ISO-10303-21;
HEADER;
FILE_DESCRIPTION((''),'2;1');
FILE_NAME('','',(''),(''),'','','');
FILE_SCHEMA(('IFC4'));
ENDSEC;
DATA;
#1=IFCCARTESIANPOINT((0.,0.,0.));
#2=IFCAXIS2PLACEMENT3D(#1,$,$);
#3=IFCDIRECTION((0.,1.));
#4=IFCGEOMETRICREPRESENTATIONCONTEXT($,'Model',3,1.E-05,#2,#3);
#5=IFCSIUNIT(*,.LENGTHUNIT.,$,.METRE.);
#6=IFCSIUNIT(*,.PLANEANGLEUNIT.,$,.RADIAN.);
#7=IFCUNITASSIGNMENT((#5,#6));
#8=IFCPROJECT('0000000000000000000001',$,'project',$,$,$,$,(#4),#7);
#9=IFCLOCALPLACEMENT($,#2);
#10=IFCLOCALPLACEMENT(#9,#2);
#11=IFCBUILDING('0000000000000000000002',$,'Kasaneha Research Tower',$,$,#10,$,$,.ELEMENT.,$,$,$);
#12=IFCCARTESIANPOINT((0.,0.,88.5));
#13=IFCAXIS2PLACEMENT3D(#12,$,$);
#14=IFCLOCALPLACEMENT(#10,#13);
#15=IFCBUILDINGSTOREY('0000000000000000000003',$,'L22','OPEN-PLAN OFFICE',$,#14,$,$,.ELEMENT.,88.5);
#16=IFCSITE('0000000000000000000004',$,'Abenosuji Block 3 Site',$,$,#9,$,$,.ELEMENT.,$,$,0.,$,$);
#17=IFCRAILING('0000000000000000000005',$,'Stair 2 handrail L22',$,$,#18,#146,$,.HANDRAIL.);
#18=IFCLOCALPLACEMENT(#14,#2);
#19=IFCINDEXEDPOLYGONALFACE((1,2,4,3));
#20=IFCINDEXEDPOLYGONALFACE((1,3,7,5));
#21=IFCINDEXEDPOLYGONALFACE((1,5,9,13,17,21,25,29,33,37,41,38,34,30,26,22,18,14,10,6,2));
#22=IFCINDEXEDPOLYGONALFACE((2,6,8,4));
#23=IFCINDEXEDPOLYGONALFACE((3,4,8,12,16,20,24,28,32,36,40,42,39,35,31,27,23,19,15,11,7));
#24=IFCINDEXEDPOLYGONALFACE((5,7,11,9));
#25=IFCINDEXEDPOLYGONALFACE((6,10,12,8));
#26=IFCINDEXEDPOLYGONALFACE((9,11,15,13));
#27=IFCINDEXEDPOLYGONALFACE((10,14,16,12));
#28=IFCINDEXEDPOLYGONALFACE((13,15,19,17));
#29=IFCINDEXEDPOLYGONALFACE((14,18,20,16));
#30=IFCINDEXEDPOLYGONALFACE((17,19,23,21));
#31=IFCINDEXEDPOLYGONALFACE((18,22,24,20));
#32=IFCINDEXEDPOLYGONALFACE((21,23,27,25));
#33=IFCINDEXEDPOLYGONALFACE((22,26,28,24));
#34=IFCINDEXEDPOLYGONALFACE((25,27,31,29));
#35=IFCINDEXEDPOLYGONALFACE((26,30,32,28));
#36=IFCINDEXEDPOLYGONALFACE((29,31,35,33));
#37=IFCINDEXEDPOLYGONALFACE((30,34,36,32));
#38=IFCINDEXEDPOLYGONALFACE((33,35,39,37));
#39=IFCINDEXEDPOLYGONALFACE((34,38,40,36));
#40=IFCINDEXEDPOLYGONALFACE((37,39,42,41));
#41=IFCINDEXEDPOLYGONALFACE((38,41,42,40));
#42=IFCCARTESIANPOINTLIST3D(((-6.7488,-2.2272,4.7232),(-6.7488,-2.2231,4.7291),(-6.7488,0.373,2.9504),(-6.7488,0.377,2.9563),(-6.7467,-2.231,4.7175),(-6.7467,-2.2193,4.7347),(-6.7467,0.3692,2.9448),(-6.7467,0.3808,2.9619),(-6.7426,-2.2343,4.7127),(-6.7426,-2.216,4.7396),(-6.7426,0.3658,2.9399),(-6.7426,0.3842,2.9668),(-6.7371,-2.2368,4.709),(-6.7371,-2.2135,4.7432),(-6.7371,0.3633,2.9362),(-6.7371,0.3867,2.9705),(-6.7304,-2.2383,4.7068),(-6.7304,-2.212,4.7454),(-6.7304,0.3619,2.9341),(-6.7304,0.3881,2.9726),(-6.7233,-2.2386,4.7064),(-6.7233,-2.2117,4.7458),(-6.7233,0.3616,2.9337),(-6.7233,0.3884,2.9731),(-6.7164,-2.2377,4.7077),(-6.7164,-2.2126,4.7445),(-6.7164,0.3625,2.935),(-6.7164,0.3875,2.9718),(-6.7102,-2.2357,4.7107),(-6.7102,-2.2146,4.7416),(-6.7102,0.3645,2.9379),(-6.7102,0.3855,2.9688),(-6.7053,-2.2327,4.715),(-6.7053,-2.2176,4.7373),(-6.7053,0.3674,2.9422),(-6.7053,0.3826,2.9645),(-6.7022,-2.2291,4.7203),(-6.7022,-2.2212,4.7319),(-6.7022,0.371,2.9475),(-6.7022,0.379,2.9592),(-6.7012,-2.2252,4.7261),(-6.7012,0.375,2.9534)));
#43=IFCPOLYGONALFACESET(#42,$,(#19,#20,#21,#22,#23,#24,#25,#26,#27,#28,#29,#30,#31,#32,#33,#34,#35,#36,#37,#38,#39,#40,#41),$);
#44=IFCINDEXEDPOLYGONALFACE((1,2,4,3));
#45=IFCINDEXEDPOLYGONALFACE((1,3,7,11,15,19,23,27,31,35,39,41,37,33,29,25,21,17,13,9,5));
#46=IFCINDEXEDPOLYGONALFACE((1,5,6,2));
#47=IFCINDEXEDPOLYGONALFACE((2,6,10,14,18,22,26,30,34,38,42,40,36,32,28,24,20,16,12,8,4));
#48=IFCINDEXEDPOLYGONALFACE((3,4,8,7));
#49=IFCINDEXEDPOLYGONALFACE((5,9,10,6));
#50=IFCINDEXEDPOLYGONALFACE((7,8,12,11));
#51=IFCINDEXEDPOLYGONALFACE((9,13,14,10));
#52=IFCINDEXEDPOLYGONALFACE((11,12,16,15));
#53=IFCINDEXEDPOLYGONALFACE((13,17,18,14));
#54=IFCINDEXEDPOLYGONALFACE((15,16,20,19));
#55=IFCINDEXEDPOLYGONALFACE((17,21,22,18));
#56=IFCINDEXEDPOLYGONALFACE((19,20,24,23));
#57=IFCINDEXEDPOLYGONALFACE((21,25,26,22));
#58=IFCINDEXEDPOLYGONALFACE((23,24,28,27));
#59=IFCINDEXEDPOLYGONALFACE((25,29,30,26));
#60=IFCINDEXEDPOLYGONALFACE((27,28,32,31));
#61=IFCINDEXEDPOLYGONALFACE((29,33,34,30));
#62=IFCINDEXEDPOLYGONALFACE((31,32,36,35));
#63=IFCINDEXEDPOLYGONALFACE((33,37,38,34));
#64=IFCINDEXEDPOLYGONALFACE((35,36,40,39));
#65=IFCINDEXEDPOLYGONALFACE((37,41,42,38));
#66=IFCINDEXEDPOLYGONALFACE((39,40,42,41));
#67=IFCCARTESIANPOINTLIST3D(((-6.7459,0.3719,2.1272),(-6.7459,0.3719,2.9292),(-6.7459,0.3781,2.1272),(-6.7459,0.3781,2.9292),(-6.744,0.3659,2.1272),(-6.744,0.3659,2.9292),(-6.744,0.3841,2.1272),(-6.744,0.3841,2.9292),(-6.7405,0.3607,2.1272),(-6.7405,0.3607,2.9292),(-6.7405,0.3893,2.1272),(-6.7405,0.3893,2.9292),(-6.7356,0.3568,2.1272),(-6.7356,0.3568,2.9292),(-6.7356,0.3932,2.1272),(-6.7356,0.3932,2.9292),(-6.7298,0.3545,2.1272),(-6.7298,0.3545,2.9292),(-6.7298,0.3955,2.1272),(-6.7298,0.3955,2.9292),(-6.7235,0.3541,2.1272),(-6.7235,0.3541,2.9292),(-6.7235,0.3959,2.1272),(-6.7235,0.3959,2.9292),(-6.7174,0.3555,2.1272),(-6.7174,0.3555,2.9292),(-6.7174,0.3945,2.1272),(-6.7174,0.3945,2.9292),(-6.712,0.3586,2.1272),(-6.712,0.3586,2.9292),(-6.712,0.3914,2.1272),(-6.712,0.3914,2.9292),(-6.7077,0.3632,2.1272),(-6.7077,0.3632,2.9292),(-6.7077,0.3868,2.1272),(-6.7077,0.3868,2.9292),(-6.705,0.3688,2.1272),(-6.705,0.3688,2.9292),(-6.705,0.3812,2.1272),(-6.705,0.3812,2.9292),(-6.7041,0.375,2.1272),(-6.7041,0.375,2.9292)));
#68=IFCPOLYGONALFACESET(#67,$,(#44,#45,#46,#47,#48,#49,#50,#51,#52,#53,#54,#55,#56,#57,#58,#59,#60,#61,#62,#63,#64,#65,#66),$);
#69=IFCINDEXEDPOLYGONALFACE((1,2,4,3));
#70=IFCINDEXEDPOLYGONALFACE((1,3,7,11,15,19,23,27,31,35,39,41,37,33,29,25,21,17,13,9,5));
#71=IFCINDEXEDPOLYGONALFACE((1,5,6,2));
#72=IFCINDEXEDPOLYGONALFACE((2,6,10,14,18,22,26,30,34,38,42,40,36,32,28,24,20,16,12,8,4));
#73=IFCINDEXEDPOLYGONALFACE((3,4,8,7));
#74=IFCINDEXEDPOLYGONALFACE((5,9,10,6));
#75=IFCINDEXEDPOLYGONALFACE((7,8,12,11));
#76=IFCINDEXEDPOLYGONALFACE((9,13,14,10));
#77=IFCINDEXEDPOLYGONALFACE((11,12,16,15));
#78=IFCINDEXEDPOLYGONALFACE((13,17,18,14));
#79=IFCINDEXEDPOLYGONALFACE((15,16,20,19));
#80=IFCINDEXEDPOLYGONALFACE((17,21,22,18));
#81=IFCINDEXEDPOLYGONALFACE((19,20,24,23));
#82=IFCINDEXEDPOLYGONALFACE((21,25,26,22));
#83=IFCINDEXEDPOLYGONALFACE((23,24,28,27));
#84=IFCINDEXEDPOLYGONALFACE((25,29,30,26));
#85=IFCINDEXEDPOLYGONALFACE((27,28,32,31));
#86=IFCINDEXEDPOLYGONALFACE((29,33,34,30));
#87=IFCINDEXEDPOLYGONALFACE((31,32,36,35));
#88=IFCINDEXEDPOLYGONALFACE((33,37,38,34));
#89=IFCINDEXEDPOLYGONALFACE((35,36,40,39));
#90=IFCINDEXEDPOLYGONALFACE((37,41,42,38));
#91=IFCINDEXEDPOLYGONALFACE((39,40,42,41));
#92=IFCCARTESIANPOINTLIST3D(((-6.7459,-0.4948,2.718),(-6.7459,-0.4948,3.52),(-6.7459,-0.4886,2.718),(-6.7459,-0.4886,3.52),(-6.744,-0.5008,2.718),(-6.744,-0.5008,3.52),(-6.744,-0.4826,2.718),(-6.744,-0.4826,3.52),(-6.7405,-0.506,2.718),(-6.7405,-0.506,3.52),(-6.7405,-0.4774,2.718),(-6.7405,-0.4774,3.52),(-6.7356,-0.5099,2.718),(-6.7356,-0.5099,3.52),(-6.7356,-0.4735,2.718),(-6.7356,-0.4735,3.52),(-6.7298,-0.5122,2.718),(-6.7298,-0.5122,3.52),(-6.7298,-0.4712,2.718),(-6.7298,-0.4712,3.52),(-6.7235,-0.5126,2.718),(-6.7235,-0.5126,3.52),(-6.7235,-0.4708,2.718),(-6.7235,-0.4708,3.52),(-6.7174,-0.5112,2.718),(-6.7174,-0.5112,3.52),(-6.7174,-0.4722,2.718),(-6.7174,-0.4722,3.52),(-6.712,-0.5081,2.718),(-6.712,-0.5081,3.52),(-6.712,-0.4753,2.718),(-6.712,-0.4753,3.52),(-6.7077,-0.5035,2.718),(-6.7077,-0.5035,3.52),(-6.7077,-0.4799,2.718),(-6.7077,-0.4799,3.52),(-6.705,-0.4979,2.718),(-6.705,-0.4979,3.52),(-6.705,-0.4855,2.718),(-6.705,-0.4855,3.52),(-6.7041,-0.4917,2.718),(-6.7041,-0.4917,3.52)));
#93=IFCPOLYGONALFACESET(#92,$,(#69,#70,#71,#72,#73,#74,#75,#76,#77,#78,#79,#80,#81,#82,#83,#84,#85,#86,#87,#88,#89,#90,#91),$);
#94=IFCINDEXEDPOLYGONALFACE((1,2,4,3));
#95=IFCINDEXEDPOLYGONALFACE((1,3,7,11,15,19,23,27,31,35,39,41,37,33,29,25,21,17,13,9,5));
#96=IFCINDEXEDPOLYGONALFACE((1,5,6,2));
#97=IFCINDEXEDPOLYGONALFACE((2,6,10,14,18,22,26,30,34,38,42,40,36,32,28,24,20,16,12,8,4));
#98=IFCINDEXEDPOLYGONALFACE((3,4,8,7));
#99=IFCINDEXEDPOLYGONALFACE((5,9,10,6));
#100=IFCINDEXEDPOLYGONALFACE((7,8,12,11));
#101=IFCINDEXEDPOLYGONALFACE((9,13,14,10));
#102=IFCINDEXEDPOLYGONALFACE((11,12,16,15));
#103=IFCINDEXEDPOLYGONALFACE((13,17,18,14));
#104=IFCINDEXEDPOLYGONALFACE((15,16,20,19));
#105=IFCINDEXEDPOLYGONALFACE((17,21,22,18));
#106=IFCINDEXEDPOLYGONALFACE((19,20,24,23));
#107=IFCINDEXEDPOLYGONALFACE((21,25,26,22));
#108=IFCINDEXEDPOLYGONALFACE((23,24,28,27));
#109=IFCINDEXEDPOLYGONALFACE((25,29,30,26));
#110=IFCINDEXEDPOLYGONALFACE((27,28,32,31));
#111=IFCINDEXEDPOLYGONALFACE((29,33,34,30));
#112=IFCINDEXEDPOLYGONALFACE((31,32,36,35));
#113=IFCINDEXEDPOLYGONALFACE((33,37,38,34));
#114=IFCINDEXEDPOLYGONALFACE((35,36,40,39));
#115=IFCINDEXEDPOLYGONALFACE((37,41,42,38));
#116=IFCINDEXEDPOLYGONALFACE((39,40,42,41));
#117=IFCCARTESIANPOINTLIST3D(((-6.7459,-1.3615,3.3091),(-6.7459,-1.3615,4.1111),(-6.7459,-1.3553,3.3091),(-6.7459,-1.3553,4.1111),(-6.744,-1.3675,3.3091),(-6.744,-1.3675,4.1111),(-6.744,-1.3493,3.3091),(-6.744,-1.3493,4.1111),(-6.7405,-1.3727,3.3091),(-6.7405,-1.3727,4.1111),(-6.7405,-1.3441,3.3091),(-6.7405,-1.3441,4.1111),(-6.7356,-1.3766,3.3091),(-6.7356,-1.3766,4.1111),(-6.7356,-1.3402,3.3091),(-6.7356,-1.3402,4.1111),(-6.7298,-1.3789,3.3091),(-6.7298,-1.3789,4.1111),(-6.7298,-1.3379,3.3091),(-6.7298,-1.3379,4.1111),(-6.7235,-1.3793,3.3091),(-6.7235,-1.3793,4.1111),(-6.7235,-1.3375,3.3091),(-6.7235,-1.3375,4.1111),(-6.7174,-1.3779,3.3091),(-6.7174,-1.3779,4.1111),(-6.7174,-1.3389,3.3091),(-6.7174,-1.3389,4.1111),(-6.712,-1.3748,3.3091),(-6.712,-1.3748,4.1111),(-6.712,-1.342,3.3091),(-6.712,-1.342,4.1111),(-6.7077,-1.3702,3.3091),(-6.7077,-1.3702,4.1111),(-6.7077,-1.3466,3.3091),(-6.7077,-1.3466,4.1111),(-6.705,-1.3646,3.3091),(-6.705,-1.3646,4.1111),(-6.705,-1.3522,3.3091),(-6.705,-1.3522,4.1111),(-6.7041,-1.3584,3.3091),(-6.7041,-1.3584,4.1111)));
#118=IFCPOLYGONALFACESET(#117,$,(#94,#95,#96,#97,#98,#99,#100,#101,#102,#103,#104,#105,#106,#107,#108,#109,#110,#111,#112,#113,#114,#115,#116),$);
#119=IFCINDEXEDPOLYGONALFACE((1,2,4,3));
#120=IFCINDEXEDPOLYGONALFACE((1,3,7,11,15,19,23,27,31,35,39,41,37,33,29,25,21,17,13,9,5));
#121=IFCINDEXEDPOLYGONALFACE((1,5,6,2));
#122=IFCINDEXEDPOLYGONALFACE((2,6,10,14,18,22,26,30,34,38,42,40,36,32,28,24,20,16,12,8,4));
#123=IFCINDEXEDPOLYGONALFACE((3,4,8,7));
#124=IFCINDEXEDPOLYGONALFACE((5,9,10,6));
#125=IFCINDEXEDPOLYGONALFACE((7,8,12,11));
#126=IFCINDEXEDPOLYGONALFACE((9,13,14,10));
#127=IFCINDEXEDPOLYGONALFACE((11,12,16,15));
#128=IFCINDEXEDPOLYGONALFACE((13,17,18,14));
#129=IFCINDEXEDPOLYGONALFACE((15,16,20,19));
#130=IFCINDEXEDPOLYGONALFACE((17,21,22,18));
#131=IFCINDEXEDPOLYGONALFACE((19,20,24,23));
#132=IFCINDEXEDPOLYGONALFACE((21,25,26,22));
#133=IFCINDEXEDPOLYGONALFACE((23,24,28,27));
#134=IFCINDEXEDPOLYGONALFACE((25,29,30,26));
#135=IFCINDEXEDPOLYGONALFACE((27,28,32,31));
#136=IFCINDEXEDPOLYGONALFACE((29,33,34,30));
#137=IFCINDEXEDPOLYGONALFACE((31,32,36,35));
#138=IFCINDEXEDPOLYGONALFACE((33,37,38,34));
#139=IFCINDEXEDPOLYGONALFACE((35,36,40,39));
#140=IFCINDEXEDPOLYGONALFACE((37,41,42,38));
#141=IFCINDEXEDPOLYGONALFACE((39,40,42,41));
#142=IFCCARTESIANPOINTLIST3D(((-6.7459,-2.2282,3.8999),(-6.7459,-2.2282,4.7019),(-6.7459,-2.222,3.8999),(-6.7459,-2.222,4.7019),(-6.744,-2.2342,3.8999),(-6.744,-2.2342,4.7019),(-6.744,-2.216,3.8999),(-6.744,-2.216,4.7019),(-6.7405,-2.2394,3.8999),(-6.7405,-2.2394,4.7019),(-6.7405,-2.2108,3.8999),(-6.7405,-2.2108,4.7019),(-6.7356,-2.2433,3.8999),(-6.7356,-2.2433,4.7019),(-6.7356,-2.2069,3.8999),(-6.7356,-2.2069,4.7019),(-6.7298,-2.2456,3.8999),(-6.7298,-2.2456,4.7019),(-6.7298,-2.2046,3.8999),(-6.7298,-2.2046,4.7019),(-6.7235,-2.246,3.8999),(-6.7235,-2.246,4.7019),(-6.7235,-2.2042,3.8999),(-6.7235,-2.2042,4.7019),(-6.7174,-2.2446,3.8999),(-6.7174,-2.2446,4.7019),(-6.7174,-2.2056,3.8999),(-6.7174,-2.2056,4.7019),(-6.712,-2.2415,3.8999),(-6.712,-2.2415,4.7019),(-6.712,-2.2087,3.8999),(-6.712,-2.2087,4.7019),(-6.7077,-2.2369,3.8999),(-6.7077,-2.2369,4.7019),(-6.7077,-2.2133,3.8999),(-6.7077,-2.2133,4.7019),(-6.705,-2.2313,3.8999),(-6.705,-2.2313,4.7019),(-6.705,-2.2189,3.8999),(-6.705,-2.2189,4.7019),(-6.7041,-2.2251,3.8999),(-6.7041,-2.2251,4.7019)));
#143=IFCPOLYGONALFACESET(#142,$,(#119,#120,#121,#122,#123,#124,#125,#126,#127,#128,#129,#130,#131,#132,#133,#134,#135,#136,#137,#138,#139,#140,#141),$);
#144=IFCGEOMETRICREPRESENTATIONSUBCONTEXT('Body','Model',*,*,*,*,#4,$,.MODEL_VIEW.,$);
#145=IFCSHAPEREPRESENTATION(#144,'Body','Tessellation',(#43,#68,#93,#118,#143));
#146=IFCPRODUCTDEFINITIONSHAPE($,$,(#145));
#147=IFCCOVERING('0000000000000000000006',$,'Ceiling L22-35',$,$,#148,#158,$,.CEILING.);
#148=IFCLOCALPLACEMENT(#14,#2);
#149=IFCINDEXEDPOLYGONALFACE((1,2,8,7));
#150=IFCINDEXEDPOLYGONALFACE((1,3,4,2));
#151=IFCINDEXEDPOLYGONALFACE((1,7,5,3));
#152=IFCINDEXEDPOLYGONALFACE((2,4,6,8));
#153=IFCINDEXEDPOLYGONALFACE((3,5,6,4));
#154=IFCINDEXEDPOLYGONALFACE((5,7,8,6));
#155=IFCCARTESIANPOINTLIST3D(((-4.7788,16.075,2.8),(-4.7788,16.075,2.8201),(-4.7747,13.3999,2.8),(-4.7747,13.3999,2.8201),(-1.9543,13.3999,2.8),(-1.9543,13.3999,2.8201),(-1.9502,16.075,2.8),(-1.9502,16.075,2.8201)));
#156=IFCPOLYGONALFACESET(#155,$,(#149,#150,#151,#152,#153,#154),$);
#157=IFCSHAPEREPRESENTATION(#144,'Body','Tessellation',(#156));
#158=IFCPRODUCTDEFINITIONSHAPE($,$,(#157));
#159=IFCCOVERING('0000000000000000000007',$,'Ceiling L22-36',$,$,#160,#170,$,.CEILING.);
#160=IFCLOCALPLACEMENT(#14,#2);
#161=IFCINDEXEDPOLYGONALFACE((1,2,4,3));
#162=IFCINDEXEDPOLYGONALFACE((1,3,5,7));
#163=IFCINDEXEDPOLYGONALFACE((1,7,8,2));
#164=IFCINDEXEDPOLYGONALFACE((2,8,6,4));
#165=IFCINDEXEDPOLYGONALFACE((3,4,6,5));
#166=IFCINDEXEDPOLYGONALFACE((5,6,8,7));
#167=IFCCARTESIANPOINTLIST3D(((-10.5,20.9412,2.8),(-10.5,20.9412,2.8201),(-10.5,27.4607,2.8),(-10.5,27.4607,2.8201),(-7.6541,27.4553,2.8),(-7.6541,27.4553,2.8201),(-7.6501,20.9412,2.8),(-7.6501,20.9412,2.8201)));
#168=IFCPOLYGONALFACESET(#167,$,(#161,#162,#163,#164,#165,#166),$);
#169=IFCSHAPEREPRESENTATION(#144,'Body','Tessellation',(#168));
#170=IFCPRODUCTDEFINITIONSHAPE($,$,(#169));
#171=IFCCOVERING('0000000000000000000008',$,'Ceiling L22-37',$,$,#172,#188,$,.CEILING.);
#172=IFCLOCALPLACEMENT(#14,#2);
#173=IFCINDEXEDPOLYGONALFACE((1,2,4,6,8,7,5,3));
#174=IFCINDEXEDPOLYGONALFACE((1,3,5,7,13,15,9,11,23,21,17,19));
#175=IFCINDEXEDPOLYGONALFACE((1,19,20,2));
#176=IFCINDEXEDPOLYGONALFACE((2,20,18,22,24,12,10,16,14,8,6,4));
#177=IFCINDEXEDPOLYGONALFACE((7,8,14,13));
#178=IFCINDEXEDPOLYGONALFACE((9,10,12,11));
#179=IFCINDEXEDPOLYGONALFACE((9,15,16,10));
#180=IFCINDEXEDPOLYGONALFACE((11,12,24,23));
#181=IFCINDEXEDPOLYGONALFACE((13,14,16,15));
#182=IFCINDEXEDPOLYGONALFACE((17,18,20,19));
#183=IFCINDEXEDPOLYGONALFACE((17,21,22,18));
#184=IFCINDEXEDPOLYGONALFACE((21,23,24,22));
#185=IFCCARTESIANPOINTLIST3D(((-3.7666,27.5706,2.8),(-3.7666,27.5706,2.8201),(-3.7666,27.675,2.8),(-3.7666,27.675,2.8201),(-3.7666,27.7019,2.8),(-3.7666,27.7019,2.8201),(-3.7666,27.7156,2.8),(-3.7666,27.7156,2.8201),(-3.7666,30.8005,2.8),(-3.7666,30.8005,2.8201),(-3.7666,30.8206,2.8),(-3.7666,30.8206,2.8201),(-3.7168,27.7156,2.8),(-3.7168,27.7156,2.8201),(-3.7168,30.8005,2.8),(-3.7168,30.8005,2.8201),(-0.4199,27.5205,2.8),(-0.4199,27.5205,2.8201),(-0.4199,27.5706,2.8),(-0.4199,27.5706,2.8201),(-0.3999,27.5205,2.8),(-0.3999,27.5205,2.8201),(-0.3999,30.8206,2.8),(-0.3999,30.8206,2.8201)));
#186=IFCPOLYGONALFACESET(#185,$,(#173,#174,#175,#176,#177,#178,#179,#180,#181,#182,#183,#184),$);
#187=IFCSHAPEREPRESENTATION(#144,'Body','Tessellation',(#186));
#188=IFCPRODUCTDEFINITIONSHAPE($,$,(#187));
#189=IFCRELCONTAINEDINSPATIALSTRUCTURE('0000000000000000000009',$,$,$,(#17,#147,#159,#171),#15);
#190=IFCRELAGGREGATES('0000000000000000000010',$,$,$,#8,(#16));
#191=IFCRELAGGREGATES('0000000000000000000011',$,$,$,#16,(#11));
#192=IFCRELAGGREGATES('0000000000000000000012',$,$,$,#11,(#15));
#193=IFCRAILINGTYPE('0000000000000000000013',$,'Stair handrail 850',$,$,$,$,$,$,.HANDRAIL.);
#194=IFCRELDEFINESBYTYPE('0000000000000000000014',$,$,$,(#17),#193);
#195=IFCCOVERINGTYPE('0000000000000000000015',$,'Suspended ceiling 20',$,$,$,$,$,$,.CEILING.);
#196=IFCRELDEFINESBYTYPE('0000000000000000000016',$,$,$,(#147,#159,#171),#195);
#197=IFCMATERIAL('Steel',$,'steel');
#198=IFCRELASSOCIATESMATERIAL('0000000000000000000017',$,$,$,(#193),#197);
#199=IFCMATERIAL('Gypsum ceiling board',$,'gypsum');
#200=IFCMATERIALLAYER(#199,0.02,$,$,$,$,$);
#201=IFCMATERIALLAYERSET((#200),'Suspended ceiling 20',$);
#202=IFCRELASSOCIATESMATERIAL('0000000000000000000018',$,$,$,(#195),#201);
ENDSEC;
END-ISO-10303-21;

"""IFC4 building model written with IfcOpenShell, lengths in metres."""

from ifc_helpers import new_model, si_unit, direction, frame, origin, origin_2d, place, context, subcontext, project, spatial, polyline, circle, outline, extrude, material, layer, layer_set, type_object, element, save


model = new_model("IFC4")

# Units and contexts
model_context = context("Model", 3, precision=1e-05, world=origin(), true_north=direction((0.0, 1.0)))
body_context = subcontext(model_context, "Body", "Model", "MODEL_VIEW")
ifc_project = project(units=[si_unit("LENGTHUNIT", "METRE"), si_unit("PLANEANGLEUNIT", "RADIAN")], contexts=[model_context])

# Site, building, storey
site_placement = place(None, origin())
site = spatial("IfcSite", under=ifc_project, at=site_placement, Name="Abenosuji Block 3 Site", CompositionType="ELEMENT", RefElevation=0.0)
building_placement = place(site_placement, origin())
building = spatial("IfcBuilding", under=site, at=building_placement, Name="Kasaneha Research Tower", CompositionType="ELEMENT")
storey_placement = place(building_placement, frame((0.0, 0.0, 88.5)))
storey = spatial("IfcBuildingStorey", under=building, at=storey_placement, Name="L22", Description="OPEN-PLAN OFFICE", CompositionType="ELEMENT", Elevation=88.5)

# Railing
ifc_material_1 = material(Name="Steel", Category="steel")
railing_type = type_object("IfcRailingType", Name="Stair handrail 850", PredefinedType="HANDRAIL", material=ifc_material_1)
railing_placement = place(storey_placement, frame((-6.7251, 0.375, 2.1272)))
element("IfcRailing", 1, at=railing_placement, inside=storey, type_object=railing_type, Name="Stair 2 handrail L22", PredefinedType="HANDRAIL", context=body_context, shape_type="SweptSolid", body=[
    extrude(circle(Radius=0.0239, at=origin_2d()), frame((0.0, 0.0, 0.8262), z_axis=(0.0, -0.82624, 0.563318), x_axis=(1.0, 0.0, 0.0)), (0.0, 0.0, 1.0), 3.147),
    extrude(circle(Radius=0.021, at=origin_2d()), origin(), (0.0, 0.0, 1.0), 0.802),
    extrude(circle(Radius=0.021, at=origin_2d()), frame((0.0, -0.8667, 0.5908)), (0.0, 0.0, 1.0), 0.802),
    extrude(circle(Radius=0.021, at=origin_2d()), frame((0.0, -1.7334, 1.1819)), (0.0, 0.0, 1.0), 0.802),
    extrude(circle(Radius=0.021, at=origin_2d()), frame((0.0, -2.6001, 1.7727)), (0.0, 0.0, 1.0), 0.802),
])

# Coverings
ifc_material_2 = material(Name="Gypsum ceiling board", Category="gypsum")
ifc_layer_1 = layer(ifc_material_2, 0.02)
ifc_layer_set_1 = layer_set([ifc_layer_1], Name="Suspended ceiling 20")
covering_type = type_object("IfcCoveringType", Name="Suspended ceiling 20", PredefinedType="CEILING", material=ifc_layer_set_1)
covering_1_placement = place(storey_placement, frame((0.0, 0.0, 2.8)))
element("IfcCovering", 2, at=covering_1_placement, inside=storey, type_object=covering_type, Name="Ceiling L22-35", PredefinedType="CEILING", context=body_context, shape_type="SweptSolid", body=[
    extrude(outline(polyline([(-4.7788, 16.075), (-1.9502, 16.075), (-1.9543, 13.3999), (-4.7747, 13.3999), (-4.7788, 16.075)])), origin(), (0.0, 0.0, 1.0), 0.02),
])
covering_2_placement = place(storey_placement, frame((0.0, 0.0, 2.8)))
element("IfcCovering", 3, at=covering_2_placement, inside=storey, type_object=covering_type, Name="Ceiling L22-36", PredefinedType="CEILING", context=body_context, shape_type="SweptSolid", body=[
    extrude(outline(polyline([(-10.5, 27.4607), (-7.6541, 27.4553), (-7.6501, 20.9412), (-10.5, 20.9412), (-10.5, 27.4607)])), origin(), (0.0, 0.0, 1.0), 0.02),
])
covering_3_placement = place(storey_placement, frame((0.0, 0.0, 2.8)))
element("IfcCovering", 4, at=covering_3_placement, inside=storey, type_object=covering_type, Name="Ceiling L22-37", PredefinedType="CEILING", context=body_context, shape_type="SweptSolid", body=[
    extrude(outline(polyline([(-0.3999, 27.5205), (-0.4199, 27.5205), (-0.4199, 27.5706), (-3.7666, 27.5706), (-3.7666, 27.675), (-3.7666, 27.675), (-3.7666, 27.7019), (-3.7666, 27.7156), (-3.7168, 27.7156), (-3.7168, 30.8005), (-3.7666, 30.8005), (-3.7666, 30.8206), (-0.3999, 30.8206), (-0.3999, 27.5205)])), origin(), (0.0, 0.0, 1.0), 0.02),
])

save(model, "model.ifc")
